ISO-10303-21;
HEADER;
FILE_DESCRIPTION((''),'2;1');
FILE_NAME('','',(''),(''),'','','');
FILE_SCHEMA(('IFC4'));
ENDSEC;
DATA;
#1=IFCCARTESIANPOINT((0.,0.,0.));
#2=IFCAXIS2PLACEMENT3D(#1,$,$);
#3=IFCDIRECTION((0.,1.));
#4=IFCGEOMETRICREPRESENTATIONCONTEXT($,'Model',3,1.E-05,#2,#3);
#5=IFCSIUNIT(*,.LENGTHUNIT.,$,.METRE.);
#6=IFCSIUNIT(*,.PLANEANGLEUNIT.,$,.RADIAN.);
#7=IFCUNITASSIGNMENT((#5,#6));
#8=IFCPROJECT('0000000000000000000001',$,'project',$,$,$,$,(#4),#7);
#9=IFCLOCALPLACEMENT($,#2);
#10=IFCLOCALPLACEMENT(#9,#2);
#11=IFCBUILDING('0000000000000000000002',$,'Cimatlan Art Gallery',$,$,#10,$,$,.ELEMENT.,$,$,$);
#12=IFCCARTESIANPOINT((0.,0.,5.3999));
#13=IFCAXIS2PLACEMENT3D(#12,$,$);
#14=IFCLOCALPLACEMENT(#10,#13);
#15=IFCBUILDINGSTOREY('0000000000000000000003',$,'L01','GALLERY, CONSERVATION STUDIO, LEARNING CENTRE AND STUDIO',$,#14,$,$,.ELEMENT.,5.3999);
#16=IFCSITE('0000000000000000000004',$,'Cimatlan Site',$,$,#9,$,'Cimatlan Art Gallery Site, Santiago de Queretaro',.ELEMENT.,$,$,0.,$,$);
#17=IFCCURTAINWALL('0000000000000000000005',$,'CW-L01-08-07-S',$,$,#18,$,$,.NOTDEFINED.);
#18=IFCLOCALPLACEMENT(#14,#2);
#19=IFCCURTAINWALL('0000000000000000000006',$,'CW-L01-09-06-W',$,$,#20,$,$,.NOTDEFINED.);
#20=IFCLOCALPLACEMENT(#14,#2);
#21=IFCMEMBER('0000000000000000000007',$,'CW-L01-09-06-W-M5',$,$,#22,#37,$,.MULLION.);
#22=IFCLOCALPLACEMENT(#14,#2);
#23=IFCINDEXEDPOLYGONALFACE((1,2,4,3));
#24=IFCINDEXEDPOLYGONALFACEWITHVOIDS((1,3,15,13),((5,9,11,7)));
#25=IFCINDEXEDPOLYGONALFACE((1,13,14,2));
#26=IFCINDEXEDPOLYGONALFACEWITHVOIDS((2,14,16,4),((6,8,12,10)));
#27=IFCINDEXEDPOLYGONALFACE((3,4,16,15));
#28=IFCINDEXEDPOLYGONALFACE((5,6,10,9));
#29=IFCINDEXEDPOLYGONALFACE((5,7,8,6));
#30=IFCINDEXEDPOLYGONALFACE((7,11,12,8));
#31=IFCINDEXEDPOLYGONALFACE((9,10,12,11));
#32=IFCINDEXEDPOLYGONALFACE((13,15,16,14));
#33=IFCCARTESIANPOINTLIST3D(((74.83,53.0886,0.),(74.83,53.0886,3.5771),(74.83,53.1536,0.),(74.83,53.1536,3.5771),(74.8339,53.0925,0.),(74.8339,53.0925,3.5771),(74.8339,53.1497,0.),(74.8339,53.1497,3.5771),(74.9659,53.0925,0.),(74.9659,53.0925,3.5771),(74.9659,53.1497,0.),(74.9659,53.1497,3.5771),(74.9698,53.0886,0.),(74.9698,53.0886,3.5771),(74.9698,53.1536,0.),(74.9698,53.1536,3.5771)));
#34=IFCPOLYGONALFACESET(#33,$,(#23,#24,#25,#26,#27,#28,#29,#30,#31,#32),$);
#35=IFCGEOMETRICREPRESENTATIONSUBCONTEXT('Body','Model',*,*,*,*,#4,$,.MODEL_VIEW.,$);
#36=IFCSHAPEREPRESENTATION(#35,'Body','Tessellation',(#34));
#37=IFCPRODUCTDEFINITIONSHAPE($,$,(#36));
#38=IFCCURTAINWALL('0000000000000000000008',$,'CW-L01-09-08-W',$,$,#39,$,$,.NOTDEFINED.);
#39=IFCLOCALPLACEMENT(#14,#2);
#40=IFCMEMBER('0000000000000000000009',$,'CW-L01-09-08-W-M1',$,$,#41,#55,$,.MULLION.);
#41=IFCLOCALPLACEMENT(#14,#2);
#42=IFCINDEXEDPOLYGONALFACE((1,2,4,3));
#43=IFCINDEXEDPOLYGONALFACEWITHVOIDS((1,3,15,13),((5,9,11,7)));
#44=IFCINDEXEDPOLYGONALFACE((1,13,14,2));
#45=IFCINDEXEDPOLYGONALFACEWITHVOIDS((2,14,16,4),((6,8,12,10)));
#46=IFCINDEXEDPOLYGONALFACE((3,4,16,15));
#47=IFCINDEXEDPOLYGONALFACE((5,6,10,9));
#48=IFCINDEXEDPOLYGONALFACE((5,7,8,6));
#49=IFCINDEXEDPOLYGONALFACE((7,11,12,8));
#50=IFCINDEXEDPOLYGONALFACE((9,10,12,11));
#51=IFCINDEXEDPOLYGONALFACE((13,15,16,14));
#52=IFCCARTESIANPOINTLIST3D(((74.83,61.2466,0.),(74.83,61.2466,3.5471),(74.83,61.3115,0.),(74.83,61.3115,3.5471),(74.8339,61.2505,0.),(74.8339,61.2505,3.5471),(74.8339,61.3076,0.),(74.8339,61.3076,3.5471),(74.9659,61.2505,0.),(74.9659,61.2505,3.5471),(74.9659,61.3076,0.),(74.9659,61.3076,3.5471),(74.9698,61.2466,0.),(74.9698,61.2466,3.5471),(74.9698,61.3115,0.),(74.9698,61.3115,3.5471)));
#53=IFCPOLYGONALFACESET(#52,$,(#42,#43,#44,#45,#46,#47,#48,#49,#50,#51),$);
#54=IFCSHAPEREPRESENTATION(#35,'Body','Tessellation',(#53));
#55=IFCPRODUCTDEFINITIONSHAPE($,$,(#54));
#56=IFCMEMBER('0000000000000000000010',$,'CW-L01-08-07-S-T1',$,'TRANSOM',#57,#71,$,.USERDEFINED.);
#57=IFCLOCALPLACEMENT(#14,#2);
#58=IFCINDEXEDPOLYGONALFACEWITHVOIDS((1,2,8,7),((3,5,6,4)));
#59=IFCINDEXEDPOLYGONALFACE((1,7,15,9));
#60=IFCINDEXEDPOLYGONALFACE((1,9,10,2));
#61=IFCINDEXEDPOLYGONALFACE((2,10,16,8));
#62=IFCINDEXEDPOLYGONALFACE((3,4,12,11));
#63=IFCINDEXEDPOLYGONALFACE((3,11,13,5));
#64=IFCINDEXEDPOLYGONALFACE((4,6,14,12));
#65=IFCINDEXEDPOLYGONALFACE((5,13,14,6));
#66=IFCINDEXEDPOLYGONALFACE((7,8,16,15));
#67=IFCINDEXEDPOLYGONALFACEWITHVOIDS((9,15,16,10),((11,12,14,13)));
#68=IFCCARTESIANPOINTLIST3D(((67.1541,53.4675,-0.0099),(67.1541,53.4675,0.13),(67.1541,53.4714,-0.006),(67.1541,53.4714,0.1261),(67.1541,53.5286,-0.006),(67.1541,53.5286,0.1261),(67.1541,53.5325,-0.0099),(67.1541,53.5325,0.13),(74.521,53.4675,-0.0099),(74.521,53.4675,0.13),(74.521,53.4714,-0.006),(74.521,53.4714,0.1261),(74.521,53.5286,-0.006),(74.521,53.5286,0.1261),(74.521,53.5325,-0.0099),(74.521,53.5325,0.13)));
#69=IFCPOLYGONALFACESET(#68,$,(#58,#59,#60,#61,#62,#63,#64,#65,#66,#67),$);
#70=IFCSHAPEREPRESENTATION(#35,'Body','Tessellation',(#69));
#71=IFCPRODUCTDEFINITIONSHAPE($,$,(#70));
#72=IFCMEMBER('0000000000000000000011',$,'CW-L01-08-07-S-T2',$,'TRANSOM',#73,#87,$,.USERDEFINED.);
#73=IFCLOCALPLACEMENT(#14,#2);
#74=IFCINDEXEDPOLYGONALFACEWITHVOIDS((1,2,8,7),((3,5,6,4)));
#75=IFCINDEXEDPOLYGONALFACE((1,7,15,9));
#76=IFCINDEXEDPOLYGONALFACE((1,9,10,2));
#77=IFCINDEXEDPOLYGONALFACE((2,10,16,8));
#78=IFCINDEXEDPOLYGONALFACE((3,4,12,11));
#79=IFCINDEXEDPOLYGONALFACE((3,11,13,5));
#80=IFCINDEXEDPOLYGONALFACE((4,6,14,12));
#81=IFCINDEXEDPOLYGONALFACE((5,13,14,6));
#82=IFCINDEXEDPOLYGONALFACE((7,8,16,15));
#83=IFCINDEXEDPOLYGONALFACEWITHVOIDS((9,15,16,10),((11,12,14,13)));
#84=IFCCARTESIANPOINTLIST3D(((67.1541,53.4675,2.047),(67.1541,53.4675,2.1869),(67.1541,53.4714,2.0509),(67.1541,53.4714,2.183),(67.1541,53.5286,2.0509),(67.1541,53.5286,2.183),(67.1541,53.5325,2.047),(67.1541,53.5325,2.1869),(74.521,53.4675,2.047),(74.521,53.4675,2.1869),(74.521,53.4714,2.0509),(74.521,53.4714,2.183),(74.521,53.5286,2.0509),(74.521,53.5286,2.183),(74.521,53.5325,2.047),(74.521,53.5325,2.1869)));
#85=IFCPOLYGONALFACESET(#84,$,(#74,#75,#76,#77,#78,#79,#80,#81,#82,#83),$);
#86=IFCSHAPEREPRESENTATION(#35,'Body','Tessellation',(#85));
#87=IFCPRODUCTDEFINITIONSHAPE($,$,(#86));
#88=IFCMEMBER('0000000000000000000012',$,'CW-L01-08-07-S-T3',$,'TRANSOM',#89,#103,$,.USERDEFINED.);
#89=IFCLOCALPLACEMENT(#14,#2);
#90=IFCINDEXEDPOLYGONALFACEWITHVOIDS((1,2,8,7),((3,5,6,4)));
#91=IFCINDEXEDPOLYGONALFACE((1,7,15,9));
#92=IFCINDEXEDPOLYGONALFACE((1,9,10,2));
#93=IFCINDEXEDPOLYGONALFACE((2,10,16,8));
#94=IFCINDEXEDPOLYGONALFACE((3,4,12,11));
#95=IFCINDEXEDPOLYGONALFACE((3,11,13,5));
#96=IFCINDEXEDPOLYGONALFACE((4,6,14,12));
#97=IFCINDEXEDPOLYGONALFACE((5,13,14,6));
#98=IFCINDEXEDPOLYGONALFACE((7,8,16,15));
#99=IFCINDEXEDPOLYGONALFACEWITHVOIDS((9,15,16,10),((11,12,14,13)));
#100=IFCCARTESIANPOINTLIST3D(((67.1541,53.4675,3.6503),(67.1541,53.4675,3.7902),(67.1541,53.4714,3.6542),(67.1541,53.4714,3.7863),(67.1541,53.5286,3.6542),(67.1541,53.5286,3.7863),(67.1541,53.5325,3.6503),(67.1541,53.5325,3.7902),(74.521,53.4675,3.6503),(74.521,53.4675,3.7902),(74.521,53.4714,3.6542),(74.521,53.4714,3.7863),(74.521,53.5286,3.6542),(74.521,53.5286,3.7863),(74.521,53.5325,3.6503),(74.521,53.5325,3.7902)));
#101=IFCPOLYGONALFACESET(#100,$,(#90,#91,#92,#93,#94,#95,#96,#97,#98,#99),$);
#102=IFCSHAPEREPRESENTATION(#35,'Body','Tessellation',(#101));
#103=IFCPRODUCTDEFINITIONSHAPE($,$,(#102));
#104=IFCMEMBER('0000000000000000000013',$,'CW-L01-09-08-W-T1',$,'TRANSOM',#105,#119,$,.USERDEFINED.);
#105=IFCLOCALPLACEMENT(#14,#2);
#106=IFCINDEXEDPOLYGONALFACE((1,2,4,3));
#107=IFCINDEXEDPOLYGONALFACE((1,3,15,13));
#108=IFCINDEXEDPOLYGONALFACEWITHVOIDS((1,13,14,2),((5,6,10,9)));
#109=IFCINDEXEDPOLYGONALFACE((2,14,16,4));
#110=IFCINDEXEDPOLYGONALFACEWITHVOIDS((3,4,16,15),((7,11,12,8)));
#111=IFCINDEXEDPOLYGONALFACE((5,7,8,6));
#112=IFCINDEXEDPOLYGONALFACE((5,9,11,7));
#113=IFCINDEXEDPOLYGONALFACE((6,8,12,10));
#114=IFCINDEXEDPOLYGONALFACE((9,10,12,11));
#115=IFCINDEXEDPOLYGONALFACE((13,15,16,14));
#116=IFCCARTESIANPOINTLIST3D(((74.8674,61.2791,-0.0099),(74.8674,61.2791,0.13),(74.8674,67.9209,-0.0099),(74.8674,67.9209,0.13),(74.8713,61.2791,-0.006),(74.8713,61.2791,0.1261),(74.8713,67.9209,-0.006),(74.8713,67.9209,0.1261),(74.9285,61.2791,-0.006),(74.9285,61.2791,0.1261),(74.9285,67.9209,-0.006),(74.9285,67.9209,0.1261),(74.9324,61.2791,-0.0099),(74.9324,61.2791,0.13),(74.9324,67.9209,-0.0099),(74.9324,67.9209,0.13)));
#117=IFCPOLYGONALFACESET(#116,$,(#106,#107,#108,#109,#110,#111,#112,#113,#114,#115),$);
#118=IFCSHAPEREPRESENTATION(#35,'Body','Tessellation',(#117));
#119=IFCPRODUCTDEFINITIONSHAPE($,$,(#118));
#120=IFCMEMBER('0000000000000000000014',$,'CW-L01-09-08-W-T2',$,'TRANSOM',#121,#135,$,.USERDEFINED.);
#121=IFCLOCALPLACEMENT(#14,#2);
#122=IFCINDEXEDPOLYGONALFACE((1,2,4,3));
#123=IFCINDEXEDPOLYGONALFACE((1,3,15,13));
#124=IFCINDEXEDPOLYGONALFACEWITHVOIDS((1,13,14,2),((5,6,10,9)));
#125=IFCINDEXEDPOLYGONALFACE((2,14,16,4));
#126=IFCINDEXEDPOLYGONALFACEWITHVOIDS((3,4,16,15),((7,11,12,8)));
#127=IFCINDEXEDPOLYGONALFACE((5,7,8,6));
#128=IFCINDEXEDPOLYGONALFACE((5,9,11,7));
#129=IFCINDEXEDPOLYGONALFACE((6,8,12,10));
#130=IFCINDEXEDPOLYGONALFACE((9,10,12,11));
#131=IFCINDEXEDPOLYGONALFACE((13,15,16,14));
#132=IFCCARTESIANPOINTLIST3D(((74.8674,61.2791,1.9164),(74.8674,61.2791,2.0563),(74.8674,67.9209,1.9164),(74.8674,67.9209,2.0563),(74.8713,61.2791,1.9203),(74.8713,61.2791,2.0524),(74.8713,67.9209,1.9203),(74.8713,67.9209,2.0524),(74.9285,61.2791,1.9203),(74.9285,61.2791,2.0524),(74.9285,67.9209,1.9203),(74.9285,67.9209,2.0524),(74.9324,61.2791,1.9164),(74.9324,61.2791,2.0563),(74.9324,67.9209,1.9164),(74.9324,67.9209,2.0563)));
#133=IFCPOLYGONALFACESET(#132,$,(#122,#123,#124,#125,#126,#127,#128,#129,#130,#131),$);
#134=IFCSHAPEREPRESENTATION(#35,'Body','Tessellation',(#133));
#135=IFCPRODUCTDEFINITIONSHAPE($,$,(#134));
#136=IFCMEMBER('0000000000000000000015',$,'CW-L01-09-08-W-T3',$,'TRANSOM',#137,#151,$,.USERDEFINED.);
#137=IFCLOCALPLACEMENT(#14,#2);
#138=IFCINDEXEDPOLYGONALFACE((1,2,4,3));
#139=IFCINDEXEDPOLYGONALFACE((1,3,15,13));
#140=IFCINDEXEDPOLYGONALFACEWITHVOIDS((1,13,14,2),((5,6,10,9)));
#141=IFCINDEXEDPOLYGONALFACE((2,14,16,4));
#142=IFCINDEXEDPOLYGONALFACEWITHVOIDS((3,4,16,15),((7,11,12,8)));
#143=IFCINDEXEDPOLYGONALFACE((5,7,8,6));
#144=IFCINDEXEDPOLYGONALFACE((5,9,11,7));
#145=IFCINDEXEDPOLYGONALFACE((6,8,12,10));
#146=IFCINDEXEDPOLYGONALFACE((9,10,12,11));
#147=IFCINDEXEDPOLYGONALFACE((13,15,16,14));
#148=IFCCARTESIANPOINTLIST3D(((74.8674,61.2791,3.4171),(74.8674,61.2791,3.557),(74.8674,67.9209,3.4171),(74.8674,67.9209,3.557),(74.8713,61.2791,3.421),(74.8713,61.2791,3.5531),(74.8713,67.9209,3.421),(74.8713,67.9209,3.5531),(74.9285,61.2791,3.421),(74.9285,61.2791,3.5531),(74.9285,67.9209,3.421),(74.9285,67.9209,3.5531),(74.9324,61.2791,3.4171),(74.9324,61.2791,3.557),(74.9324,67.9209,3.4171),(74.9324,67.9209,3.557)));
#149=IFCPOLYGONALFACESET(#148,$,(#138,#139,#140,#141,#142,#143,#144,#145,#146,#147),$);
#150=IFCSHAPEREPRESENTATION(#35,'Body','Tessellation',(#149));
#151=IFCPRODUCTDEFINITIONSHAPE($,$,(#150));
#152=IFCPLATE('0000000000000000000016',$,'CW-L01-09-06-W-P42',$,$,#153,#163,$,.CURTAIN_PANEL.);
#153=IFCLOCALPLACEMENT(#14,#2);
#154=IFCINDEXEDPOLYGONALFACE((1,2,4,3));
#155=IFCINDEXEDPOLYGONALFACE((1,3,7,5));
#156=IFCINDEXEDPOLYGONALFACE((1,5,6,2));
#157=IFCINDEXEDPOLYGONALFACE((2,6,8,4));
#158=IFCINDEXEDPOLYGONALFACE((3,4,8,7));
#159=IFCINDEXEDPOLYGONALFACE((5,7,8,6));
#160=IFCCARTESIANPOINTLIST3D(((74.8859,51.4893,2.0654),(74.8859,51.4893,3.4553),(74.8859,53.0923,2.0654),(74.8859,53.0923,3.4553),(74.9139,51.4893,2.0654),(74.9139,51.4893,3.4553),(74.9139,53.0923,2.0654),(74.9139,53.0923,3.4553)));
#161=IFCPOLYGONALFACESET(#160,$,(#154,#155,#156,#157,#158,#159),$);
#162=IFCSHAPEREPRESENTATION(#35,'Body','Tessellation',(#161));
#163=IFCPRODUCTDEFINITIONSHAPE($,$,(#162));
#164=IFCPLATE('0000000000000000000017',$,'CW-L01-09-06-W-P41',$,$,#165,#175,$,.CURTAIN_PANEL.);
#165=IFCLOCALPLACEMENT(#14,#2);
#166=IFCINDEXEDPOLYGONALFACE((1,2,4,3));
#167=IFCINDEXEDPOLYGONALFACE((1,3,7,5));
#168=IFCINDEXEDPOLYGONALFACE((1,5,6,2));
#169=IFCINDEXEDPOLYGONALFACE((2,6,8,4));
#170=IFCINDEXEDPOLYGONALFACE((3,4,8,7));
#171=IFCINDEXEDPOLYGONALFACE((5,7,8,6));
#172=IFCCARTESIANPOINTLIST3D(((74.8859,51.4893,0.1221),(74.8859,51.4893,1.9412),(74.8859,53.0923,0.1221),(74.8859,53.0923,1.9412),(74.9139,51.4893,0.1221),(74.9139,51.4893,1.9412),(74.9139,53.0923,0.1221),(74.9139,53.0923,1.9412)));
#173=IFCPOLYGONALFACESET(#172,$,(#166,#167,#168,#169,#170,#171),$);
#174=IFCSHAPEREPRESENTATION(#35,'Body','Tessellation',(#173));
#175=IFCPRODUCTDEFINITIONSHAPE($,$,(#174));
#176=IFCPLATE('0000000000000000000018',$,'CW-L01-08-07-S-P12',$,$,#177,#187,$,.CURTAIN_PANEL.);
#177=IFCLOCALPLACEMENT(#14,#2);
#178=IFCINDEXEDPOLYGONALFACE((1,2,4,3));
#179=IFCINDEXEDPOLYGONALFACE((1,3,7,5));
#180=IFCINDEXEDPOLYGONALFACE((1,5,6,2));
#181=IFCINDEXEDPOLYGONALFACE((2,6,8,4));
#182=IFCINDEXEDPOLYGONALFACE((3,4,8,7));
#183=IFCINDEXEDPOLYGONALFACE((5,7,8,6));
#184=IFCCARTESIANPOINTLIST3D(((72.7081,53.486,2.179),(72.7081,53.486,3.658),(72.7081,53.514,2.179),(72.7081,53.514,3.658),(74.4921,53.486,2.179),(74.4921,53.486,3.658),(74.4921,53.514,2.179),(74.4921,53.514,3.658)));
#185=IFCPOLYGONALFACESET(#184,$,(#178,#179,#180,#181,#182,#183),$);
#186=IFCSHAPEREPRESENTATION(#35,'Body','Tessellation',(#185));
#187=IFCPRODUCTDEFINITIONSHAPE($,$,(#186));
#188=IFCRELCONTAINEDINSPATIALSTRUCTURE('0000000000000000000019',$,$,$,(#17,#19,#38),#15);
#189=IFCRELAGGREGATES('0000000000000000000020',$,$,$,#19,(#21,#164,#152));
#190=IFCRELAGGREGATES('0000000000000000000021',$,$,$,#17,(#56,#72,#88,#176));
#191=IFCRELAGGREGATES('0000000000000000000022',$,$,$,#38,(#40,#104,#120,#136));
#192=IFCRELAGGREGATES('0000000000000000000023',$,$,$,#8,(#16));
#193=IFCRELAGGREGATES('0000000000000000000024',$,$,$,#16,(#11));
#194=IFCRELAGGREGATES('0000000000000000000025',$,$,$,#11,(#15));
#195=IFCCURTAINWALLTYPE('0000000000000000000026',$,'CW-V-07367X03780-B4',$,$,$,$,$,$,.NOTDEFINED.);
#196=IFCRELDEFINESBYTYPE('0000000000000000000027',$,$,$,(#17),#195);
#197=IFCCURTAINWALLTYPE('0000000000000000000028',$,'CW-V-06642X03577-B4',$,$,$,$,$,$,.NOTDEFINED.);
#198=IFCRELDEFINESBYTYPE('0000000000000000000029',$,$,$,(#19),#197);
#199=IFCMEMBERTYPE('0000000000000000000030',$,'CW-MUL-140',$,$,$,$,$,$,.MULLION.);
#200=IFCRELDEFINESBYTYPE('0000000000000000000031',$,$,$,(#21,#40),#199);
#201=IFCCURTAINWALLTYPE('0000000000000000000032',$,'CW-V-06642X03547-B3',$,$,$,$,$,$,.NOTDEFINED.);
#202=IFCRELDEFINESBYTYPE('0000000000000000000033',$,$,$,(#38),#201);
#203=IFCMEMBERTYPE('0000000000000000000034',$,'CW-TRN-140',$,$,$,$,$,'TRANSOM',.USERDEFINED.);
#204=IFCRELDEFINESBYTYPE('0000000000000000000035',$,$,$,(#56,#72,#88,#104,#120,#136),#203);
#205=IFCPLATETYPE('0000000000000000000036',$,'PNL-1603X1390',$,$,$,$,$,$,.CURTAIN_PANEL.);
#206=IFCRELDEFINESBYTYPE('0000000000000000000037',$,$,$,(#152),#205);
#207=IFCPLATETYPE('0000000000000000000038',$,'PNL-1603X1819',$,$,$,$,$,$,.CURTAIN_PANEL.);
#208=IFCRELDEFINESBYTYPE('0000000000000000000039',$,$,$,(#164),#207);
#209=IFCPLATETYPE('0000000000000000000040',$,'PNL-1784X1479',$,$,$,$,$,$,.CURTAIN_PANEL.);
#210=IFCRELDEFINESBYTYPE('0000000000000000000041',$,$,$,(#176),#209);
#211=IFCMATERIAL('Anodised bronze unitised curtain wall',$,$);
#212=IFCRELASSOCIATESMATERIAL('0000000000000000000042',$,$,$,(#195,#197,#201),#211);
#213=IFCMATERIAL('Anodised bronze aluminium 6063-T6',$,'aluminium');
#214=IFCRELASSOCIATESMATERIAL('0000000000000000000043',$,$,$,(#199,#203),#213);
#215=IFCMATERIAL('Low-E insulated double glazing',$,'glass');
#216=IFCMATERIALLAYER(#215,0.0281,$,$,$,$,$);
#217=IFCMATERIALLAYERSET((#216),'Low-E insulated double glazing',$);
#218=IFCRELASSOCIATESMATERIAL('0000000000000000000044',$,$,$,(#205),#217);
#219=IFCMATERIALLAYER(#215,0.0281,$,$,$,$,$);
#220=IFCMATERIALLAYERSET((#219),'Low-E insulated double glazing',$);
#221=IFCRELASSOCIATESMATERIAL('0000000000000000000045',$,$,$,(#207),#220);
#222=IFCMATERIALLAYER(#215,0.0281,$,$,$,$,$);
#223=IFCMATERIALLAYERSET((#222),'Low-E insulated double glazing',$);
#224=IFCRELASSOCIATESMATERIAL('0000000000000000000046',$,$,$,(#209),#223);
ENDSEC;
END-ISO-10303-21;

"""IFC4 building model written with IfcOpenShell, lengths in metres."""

from ifc_helpers import new_model, si_unit, direction, frame, origin, origin_2d, place, context, subcontext, project, spatial, rectangle, hollow_rectangle, extrude, material, layer, layer_set, material_profile, profile_set, type_object, element, aggregate, save


model = new_model("IFC4")

# Units and contexts
model_context = context("Model", 3, precision=1e-05, world=origin(), true_north=direction((0.0, 1.0)))
body_context = subcontext(model_context, "Body", "Model", "MODEL_VIEW")
ifc_project = project(units=[si_unit("LENGTHUNIT", "METRE"), si_unit("PLANEANGLEUNIT", "RADIAN")], contexts=[model_context])

# Site, building, storey
site_placement = place(None, origin())
site = spatial("IfcSite", under=ifc_project, at=site_placement, Name="Cimatlan Site", LongName="Cimatlan Art Gallery Site, Santiago de Queretaro", CompositionType="ELEMENT", RefElevation=0.0)
building_placement = place(site_placement, origin())
building = spatial("IfcBuilding", under=site, at=building_placement, Name="Cimatlan Art Gallery", CompositionType="ELEMENT")
storey_placement = place(building_placement, frame((0.0, 0.0, 5.3999)))
storey = spatial("IfcBuildingStorey", under=building, at=storey_placement, Name="L01", Description="GALLERY, CONSERVATION STUDIO, LEARNING CENTRE AND STUDIO", CompositionType="ELEMENT", Elevation=5.3999)

# Curtain wall
ifc_material_1 = material(Name="Anodised bronze unitised curtain wall")
curtain_wall_type_1 = type_object("IfcCurtainWallType", Name="CW-V-07367X03780-B4", PredefinedType="NOTDEFINED", material=ifc_material_1)
curtain_wall_1_placement = place(storey_placement, origin())
curtain_wall_1 = element("IfcCurtainWall", 1, at=curtain_wall_1_placement, inside=storey, type_object=curtain_wall_type_1, Name="CW-L01-08-07-S", PredefinedType="NOTDEFINED")
ifc_material_2 = material(Name="Anodised bronze aluminium 6063-T6", Category="aluminium")
ifc_material_profile_1 = material_profile(ifc_material_2, hollow_rectangle(XDim=0.0649, YDim=0.1399, WallThickness=0.0039, at=origin_2d()), Name="ALU65X140X4")
ifc_profile_set_1 = profile_set([ifc_material_profile_1], Name="Anodised bronze aluminium 6063-T6")
member_type_1 = type_object("IfcMemberType", Name="CW-MUL-140", PredefinedType="MULLION", material=ifc_profile_set_1)

# Curtain walls, members
curtain_wall_type_2 = type_object("IfcCurtainWallType", Name="CW-V-06642X03577-B4", PredefinedType="NOTDEFINED", material=ifc_material_1)
curtain_wall_2_placement = place(storey_placement, origin())
curtain_wall_2 = element("IfcCurtainWall", 2, at=curtain_wall_2_placement, inside=storey, type_object=curtain_wall_type_2, Name="CW-L01-09-06-W", PredefinedType="NOTDEFINED")
member_1_placement = place(storey_placement, frame((74.8999, 53.1211, 0.0), z_axis=(0.0, 0.0, 1.0), x_axis=(0.0, 1.0, 0.0)))
member_1 = element("IfcMember", 3, at=member_1_placement, type_object=member_type_1, Name="CW-L01-09-06-W-M5", PredefinedType="MULLION", context=body_context, shape_type="SweptSolid", body=[
    extrude(hollow_rectangle(XDim=0.0649, YDim=0.1399, WallThickness=0.0039, at=origin_2d()), origin(), (0.0, 0.0, 1.0), 3.5771),
])
curtain_wall_type_3 = type_object("IfcCurtainWallType", Name="CW-V-06642X03547-B3", PredefinedType="NOTDEFINED", material=ifc_material_1)
curtain_wall_3_placement = place(storey_placement, origin())
curtain_wall_3 = element("IfcCurtainWall", 4, at=curtain_wall_3_placement, inside=storey, type_object=curtain_wall_type_3, Name="CW-L01-09-08-W", PredefinedType="NOTDEFINED")
member_2_placement = place(storey_placement, frame((74.8999, 61.2791, 0.0), z_axis=(0.0, 0.0, 1.0), x_axis=(0.0, 1.0, 0.0)))
member_2 = element("IfcMember", 5, at=member_2_placement, type_object=member_type_1, Name="CW-L01-09-08-W-M1", PredefinedType="MULLION", context=body_context, shape_type="SweptSolid", body=[
    extrude(hollow_rectangle(XDim=0.0649, YDim=0.1399, WallThickness=0.0039, at=origin_2d()), origin(), (0.0, 0.0, 1.0), 3.5471),
])

# Members
ifc_material_profile_2 = material_profile(ifc_material_2, hollow_rectangle(XDim=0.0649, YDim=0.1399, WallThickness=0.0039, at=origin_2d()), Name="ALU65X140X4")
ifc_profile_set_2 = profile_set([ifc_material_profile_2], Name="Anodised bronze aluminium 6063-T6")
member_type_2 = type_object("IfcMemberType", Name="CW-TRN-140", ElementType="TRANSOM", PredefinedType="USERDEFINED", material=ifc_profile_set_2)
member_3_placement = place(storey_placement, frame((74.521, 53.5, 0.0601), z_axis=(-1.0, 0.0, 0.0), x_axis=(0.0, -1.0, 0.0)))
member_3 = element("IfcMember", 6, at=member_3_placement, type_object=member_type_2, Name="CW-L01-08-07-S-T1", ObjectType="TRANSOM", PredefinedType="USERDEFINED", context=body_context, shape_type="SweptSolid", body=[
    extrude(hollow_rectangle(XDim=0.0649, YDim=0.1399, WallThickness=0.0039, at=origin_2d()), origin(), (0.0, 0.0, 1.0), 7.3669),
])
member_4_placement = place(storey_placement, frame((74.521, 53.5, 2.1169), z_axis=(-1.0, 0.0, 0.0), x_axis=(0.0, -1.0, 0.0)))
member_4 = element("IfcMember", 7, at=member_4_placement, type_object=member_type_2, Name="CW-L01-08-07-S-T2", ObjectType="TRANSOM", PredefinedType="USERDEFINED", context=body_context, shape_type="SweptSolid", body=[
    extrude(hollow_rectangle(XDim=0.0649, YDim=0.1399, WallThickness=0.0039, at=origin_2d()), origin(), (0.0, 0.0, 1.0), 7.3669),
])
member_5_placement = place(storey_placement, frame((74.521, 53.5, 3.7202), z_axis=(-1.0, 0.0, 0.0), x_axis=(0.0, -1.0, 0.0)))
member_5 = element("IfcMember", 8, at=member_5_placement, type_object=member_type_2, Name="CW-L01-08-07-S-T3", ObjectType="TRANSOM", PredefinedType="USERDEFINED", context=body_context, shape_type="SweptSolid", body=[
    extrude(hollow_rectangle(XDim=0.0649, YDim=0.1399, WallThickness=0.0039, at=origin_2d()), origin(), (0.0, 0.0, 1.0), 7.3669),
])
member_6_placement = place(storey_placement, frame((74.8999, 61.2791, 0.0601), z_axis=(0.0, 1.0, 0.0), x_axis=(-1.0, 0.0, 0.0)))
member_6 = element("IfcMember", 9, at=member_6_placement, type_object=member_type_2, Name="CW-L01-09-08-W-T1", ObjectType="TRANSOM", PredefinedType="USERDEFINED", context=body_context, shape_type="SweptSolid", body=[
    extrude(hollow_rectangle(XDim=0.0649, YDim=0.1399, WallThickness=0.0039, at=origin_2d()), origin(), (0.0, 0.0, 1.0), 6.6418),
])
member_7_placement = place(storey_placement, frame((74.8999, 61.2791, 1.9863), z_axis=(0.0, 1.0, 0.0), x_axis=(-1.0, 0.0, 0.0)))
member_7 = element("IfcMember", 10, at=member_7_placement, type_object=member_type_2, Name="CW-L01-09-08-W-T2", ObjectType="TRANSOM", PredefinedType="USERDEFINED", context=body_context, shape_type="SweptSolid", body=[
    extrude(hollow_rectangle(XDim=0.0649, YDim=0.1399, WallThickness=0.0039, at=origin_2d()), origin(), (0.0, 0.0, 1.0), 6.6418),
])
member_8_placement = place(storey_placement, frame((74.8999, 61.2791, 3.4871), z_axis=(0.0, 1.0, 0.0), x_axis=(-1.0, 0.0, 0.0)))
member_8 = element("IfcMember", 11, at=member_8_placement, type_object=member_type_2, Name="CW-L01-09-08-W-T3", ObjectType="TRANSOM", PredefinedType="USERDEFINED", context=body_context, shape_type="SweptSolid", body=[
    extrude(hollow_rectangle(XDim=0.0649, YDim=0.1399, WallThickness=0.0039, at=origin_2d()), origin(), (0.0, 0.0, 1.0), 6.6418),
])

# Plates
ifc_material_3 = material(Name="Low-E insulated double glazing", Category="glass")
ifc_layer_1 = layer(ifc_material_3, 0.0281)
ifc_layer_set_1 = layer_set([ifc_layer_1], Name="Low-E insulated double glazing")
plate_type_1 = type_object("IfcPlateType", Name="PNL-1603X1390", PredefinedType="CURTAIN_PANEL", material=ifc_layer_set_1)
plate_1_placement = place(storey_placement, frame((74.8999, 52.2908, 2.0654), z_axis=(0.0, 0.0, 1.0), x_axis=(0.0, 1.0, 0.0)))
plate_1 = element("IfcPlate", 12, at=plate_1_placement, type_object=plate_type_1, Name="CW-L01-09-06-W-P42", PredefinedType="CURTAIN_PANEL", context=body_context, shape_type="SweptSolid", body=[
    extrude(rectangle(XDim=1.603, YDim=0.0281, at=origin_2d()), origin(), (0.0, 0.0, 1.0), 1.3899),
])
ifc_layer_2 = layer(ifc_material_3, 0.0281)
ifc_layer_set_2 = layer_set([ifc_layer_2], Name="Low-E insulated double glazing")
plate_type_2 = type_object("IfcPlateType", Name="PNL-1603X1819", PredefinedType="CURTAIN_PANEL", material=ifc_layer_set_2)
plate_2_placement = place(storey_placement, frame((74.8999, 52.2908, 0.1221), z_axis=(0.0, 0.0, 1.0), x_axis=(0.0, 1.0, 0.0)))
plate_2 = element("IfcPlate", 13, at=plate_2_placement, type_object=plate_type_2, Name="CW-L01-09-06-W-P41", PredefinedType="CURTAIN_PANEL", context=body_context, shape_type="SweptSolid", body=[
    extrude(rectangle(XDim=1.603, YDim=0.0281, at=origin_2d()), origin(), (0.0, 0.0, 1.0), 1.8191),
])
aggregate(curtain_wall_2, [member_1, plate_2, plate_1])
ifc_layer_3 = layer(ifc_material_3, 0.0281)
ifc_layer_set_3 = layer_set([ifc_layer_3], Name="Low-E insulated double glazing")
plate_type_3 = type_object("IfcPlateType", Name="PNL-1784X1479", PredefinedType="CURTAIN_PANEL", material=ifc_layer_set_3)
plate_3_placement = place(storey_placement, frame((73.6001, 53.5, 2.179), z_axis=(0.0, 0.0, 1.0), x_axis=(-1.0, 0.0, 0.0)))
plate_3 = element("IfcPlate", 14, at=plate_3_placement, type_object=plate_type_3, Name="CW-L01-08-07-S-P12", PredefinedType="CURTAIN_PANEL", context=body_context, shape_type="SweptSolid", body=[
    extrude(rectangle(XDim=1.7839, YDim=0.0281, at=origin_2d()), origin(), (0.0, 0.0, 1.0), 1.479),
])
aggregate(curtain_wall_1, [member_3, member_4, member_5, plate_3])
aggregate(curtain_wall_3, [member_2, member_6, member_7, member_8])

save(model, "model.ifc")
